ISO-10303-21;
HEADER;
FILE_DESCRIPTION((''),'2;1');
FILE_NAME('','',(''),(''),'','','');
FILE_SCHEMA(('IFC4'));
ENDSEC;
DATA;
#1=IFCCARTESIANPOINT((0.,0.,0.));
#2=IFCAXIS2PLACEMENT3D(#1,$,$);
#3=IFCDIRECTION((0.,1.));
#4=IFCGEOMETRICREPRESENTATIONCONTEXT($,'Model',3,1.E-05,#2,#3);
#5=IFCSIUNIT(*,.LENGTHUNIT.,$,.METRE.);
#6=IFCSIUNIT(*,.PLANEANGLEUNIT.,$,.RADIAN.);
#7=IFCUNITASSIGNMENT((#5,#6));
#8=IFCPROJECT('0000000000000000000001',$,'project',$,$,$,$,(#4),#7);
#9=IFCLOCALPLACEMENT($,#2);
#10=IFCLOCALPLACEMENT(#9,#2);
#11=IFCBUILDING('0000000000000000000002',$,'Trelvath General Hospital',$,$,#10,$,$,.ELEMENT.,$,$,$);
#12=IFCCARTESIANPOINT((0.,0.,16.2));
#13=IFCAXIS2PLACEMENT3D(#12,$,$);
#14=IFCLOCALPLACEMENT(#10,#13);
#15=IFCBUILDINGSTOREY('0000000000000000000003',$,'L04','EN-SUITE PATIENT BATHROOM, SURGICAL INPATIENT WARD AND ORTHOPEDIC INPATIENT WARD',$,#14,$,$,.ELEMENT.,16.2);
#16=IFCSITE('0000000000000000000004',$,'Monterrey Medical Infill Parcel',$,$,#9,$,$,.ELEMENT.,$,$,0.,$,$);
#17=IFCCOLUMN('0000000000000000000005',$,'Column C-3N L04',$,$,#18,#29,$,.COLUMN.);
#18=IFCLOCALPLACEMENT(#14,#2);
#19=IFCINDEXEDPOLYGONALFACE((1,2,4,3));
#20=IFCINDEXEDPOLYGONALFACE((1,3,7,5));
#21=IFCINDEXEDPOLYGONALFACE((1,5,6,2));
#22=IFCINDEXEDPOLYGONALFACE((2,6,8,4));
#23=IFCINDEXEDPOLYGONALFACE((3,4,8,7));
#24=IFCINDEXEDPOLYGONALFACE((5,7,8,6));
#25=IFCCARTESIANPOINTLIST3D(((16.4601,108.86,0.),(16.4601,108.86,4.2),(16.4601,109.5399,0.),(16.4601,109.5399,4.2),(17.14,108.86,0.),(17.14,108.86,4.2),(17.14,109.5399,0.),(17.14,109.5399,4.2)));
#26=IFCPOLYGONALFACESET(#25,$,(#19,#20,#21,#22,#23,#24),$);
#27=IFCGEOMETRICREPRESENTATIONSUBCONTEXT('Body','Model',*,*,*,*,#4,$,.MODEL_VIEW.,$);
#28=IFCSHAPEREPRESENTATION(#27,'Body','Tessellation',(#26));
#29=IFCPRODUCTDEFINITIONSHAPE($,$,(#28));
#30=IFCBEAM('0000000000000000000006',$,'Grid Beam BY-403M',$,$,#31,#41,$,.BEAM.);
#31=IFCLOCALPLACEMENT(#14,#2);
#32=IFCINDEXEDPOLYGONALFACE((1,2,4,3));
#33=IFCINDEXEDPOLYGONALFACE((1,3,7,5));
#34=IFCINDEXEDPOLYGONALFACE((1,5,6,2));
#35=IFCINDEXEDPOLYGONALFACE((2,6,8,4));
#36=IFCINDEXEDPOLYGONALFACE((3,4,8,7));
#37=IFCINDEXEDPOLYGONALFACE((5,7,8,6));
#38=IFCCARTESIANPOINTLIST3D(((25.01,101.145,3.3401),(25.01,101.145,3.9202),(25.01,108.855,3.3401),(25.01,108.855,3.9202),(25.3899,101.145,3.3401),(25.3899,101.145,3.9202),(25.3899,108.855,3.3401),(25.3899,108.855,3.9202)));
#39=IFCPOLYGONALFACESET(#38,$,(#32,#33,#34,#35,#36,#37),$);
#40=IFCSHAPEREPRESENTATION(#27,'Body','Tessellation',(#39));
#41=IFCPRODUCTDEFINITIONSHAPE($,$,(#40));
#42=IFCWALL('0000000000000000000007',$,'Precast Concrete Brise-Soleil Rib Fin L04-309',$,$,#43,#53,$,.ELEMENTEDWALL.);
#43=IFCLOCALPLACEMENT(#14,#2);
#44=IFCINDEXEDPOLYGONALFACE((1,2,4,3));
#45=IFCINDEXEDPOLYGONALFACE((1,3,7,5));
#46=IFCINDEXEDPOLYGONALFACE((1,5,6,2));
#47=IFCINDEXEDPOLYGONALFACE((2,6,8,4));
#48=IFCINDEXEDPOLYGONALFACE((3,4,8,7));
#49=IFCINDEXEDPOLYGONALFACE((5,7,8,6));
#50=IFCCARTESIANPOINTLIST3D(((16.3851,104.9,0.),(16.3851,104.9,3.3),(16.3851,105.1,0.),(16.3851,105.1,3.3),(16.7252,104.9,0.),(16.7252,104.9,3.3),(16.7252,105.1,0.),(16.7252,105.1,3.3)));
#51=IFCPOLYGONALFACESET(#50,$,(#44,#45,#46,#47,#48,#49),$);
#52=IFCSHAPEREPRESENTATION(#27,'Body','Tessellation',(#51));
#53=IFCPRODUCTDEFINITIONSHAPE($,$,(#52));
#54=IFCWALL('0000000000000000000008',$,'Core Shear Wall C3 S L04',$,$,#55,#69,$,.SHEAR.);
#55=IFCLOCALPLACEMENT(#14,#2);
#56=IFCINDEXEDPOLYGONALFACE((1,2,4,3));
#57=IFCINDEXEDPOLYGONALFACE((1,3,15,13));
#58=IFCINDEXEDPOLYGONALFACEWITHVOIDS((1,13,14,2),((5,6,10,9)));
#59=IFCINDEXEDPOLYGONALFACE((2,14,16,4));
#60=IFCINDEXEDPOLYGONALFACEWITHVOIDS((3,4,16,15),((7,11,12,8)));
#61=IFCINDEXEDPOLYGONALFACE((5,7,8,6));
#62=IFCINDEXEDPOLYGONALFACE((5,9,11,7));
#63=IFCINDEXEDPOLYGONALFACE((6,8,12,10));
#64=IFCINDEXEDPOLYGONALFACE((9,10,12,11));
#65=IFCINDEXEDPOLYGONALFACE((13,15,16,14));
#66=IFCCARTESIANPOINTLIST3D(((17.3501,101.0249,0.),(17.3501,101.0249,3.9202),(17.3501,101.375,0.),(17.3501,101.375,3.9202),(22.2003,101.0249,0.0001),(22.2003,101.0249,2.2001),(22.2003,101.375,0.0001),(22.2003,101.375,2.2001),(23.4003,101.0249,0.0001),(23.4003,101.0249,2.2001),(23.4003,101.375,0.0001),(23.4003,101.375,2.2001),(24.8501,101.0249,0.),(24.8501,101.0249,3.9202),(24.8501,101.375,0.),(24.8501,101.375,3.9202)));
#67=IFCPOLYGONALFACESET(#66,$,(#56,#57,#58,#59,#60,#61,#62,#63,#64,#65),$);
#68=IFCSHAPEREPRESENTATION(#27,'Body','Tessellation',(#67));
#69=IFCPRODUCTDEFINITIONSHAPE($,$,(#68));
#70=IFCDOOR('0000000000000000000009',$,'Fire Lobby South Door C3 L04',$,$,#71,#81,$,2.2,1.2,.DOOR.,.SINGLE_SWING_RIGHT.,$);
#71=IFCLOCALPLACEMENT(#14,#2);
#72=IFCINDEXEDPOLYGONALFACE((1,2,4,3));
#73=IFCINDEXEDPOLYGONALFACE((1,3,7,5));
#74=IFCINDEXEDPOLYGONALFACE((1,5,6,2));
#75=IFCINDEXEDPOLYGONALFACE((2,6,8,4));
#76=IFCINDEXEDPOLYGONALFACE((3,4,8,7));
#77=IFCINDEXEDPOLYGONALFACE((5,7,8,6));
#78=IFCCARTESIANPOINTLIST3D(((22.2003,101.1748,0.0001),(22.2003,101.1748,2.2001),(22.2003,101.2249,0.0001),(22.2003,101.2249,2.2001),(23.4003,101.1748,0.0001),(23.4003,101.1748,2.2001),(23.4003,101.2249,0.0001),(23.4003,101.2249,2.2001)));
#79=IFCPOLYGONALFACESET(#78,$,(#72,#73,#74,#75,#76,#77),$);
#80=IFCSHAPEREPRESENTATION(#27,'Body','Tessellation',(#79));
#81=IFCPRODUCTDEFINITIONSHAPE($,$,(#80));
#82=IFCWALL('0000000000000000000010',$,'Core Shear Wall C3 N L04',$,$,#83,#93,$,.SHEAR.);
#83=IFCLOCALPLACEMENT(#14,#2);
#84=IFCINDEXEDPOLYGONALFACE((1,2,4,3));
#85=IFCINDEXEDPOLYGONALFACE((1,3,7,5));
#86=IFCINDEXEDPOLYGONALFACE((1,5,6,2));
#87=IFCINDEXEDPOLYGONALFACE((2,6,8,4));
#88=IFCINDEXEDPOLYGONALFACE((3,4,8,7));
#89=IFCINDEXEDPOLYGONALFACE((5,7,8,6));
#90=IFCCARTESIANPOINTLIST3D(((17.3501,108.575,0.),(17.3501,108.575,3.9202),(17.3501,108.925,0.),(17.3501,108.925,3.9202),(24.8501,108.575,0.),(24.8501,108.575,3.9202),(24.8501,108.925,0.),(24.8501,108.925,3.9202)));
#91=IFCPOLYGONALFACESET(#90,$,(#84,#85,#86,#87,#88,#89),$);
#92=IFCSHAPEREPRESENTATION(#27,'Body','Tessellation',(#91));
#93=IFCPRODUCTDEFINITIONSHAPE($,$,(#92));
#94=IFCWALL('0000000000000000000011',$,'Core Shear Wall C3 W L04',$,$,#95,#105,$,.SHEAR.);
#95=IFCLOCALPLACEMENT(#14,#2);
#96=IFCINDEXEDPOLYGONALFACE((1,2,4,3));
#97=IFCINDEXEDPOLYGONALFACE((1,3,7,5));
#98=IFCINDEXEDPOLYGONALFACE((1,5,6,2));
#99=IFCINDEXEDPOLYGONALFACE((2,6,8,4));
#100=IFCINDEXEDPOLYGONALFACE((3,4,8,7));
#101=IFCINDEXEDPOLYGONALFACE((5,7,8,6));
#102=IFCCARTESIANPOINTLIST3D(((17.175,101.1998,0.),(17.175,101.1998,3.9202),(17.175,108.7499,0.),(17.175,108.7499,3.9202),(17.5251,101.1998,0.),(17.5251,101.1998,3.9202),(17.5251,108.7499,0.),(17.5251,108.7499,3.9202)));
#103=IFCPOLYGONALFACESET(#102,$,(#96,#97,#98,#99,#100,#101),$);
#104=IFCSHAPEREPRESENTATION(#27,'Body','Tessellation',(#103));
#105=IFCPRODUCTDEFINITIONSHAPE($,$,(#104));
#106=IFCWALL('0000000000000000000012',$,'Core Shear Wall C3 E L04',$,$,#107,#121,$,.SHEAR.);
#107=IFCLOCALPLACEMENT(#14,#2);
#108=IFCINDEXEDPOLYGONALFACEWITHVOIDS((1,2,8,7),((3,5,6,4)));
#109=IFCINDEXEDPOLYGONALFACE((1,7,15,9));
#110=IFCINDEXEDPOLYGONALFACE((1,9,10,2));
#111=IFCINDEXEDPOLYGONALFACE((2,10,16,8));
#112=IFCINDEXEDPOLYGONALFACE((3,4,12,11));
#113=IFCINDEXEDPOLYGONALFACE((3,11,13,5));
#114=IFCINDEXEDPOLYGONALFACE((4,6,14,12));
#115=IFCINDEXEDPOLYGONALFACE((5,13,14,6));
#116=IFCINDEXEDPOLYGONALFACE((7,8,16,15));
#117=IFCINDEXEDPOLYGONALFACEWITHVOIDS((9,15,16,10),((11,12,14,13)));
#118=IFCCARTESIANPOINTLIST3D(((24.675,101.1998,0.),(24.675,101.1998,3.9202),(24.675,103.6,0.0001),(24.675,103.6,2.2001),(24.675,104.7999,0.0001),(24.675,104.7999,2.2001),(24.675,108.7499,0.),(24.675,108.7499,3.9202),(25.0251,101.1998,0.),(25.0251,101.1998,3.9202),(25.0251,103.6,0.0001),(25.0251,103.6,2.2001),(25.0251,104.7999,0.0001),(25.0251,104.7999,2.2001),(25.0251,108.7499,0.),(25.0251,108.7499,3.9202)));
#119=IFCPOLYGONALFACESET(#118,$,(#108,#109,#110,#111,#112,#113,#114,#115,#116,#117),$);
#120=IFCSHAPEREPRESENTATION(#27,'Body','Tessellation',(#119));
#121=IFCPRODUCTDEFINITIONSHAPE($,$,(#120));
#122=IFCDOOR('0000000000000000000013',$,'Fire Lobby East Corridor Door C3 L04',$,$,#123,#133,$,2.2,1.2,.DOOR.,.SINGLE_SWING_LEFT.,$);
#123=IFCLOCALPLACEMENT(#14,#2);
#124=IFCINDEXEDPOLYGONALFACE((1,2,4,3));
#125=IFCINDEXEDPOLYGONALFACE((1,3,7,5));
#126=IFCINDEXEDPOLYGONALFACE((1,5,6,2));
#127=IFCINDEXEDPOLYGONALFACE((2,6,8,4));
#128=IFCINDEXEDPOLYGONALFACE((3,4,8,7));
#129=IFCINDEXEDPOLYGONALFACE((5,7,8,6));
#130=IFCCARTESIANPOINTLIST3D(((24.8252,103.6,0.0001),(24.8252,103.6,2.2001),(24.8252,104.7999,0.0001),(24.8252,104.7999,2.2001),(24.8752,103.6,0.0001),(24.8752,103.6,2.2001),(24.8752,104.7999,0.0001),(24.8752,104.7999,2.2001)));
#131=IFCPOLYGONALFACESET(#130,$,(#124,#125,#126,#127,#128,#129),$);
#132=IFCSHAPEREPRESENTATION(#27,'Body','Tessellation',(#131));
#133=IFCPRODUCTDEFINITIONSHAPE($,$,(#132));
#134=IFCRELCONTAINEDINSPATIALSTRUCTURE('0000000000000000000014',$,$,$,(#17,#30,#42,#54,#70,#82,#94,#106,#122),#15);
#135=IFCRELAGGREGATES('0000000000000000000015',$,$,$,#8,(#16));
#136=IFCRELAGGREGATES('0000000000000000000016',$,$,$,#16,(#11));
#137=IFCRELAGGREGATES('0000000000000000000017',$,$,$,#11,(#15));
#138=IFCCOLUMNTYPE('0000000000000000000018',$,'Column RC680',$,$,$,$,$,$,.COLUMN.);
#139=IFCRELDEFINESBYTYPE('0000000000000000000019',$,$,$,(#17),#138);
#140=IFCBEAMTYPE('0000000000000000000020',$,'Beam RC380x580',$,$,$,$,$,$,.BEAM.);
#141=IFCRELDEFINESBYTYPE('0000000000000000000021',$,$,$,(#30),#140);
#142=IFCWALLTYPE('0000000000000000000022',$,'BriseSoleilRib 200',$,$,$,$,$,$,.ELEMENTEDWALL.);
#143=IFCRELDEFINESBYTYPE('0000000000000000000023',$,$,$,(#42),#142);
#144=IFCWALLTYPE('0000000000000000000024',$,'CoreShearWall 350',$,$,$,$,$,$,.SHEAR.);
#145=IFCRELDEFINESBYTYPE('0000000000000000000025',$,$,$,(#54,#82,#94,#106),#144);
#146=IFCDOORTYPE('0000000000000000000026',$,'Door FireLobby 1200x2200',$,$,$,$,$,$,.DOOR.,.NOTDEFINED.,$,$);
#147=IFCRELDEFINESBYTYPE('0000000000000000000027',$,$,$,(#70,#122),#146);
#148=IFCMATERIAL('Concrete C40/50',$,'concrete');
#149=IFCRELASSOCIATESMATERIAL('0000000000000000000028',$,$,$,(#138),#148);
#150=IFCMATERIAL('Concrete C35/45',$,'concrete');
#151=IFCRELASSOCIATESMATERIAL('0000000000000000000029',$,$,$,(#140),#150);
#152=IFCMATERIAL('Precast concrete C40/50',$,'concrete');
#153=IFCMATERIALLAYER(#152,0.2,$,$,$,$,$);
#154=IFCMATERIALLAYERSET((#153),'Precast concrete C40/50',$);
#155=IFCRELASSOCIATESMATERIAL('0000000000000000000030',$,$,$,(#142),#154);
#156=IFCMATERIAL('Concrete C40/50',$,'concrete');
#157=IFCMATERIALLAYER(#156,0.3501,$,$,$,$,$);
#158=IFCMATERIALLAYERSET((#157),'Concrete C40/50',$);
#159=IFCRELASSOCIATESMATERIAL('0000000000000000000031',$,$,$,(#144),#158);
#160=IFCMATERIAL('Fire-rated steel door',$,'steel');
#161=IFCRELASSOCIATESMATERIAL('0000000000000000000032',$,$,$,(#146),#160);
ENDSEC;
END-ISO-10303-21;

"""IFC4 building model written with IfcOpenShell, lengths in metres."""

from ifc_helpers import new_model, si_unit, direction, frame, frame_2d, origin, origin_2d, place, context, subcontext, project, spatial, rectangle, extrude, material, layer, layer_set, material_profile, profile_set, type_object, element, fill, save


model = new_model("IFC4")

# Units and contexts
model_context = context("Model", 3, precision=1e-05, world=origin(), true_north=direction((0.0, 1.0)))
body_context = subcontext(model_context, "Body", "Model", "MODEL_VIEW")
ifc_project = project(units=[si_unit("LENGTHUNIT", "METRE"), si_unit("PLANEANGLEUNIT", "RADIAN")], contexts=[model_context])

# Site, building, storey
site_placement = place(None, origin())
site = spatial("IfcSite", under=ifc_project, at=site_placement, Name="Monterrey Medical Infill Parcel", CompositionType="ELEMENT", RefElevation=0.0)
building_placement = place(site_placement, origin())
building = spatial("IfcBuilding", under=site, at=building_placement, Name="Trelvath General Hospital", CompositionType="ELEMENT")
storey_placement = place(building_placement, frame((0.0, 0.0, 16.2)))
storey = spatial("IfcBuildingStorey", under=building, at=storey_placement, Name="L04", Description="EN-SUITE PATIENT BATHROOM, SURGICAL INPATIENT WARD AND ORTHOPEDIC INPATIENT WARD", CompositionType="ELEMENT", Elevation=16.2)

# Column
ifc_material_1 = material(Name="Concrete C40/50", Category="concrete")
ifc_material_profile_1 = material_profile(ifc_material_1, rectangle(XDim=0.6799, YDim=0.6799, at=origin_2d()), Name="RC680x680")
ifc_profile_set_1 = profile_set([ifc_material_profile_1], Name="Concrete C40/50")
column_type = type_object("IfcColumnType", Name="Column RC680", PredefinedType="COLUMN", material=ifc_profile_set_1)
column_placement = place(storey_placement, frame((16.8, 109.2, 0.0), z_axis=(0.0, 0.0, 1.0), x_axis=(1.0, 0.0, 0.0)))
element("IfcColumn", 1, at=column_placement, inside=storey, type_object=column_type, Name="Column C-3N L04", PredefinedType="COLUMN", context=body_context, shape_type="SweptSolid", body=[
    extrude(rectangle(XDim=0.6799, YDim=0.6799, at=origin_2d()), origin(), (0.0, 0.0, 1.0), 4.2),
])

# Beam
ifc_material_2 = material(Name="Concrete C35/45", Category="concrete")
ifc_material_profile_2 = material_profile(ifc_material_2, rectangle(XDim=0.3799, YDim=0.5801, at=origin_2d()), Name="RCB380x580")
ifc_profile_set_2 = profile_set([ifc_material_profile_2], Name="Concrete C35/45")
beam_type = type_object("IfcBeamType", Name="Beam RC380x580", PredefinedType="BEAM", material=ifc_profile_set_2)
beam_placement = place(storey_placement, frame((25.2, 101.145, 3.6301), z_axis=(0.0, 1.0, 0.0), x_axis=(-1.0, 0.0, 0.0)))
element("IfcBeam", 2, at=beam_placement, inside=storey, type_object=beam_type, Name="Grid Beam BY-403M", PredefinedType="BEAM", context=body_context, shape_type="SweptSolid", body=[
    extrude(rectangle(XDim=0.3799, YDim=0.5801, at=origin_2d()), origin(), (0.0, 0.0, 1.0), 7.71),
])

# Wall
ifc_material_3 = material(Name="Precast concrete C40/50", Category="concrete")
ifc_layer_1 = layer(ifc_material_3, 0.2)
ifc_layer_set_1 = layer_set([ifc_layer_1], Name="Precast concrete C40/50")
wall_type_1 = type_object("IfcWallType", Name="BriseSoleilRib 200", PredefinedType="ELEMENTEDWALL", material=ifc_layer_set_1)
wall_1_placement = place(storey_placement, frame((16.7251, 105.0, 0.0), z_axis=(0.0, 0.0, 1.0), x_axis=(-1.0, 0.0, 0.0)))
element("IfcWall", 3, at=wall_1_placement, inside=storey, type_object=wall_type_1, Name="Precast Concrete Brise-Soleil Rib Fin L04-309", PredefinedType="ELEMENTEDWALL", context=body_context, shape_type="SweptSolid", body=[
    extrude(rectangle(XDim=0.3401, YDim=0.2, at=frame_2d((0.1699, 0.0))), origin(), (0.0, 0.0, 1.0), 3.3),
])

# Wall, opening, door
ifc_material_4 = material(Name="Concrete C40/50", Category="concrete")
ifc_layer_2 = layer(ifc_material_4, 0.3501)
ifc_layer_set_2 = layer_set([ifc_layer_2], Name="Concrete C40/50")
wall_type_2 = type_object("IfcWallType", Name="CoreShearWall 350", PredefinedType="SHEAR", material=ifc_layer_set_2)
wall_2_placement = place(storey_placement, frame((17.3501, 101.2, 0.0), z_axis=(0.0, 0.0, 1.0), x_axis=(1.0, 0.0, 0.0)))
wall_2 = element("IfcWall", 4, at=wall_2_placement, inside=storey, type_object=wall_type_2, Name="Core Shear Wall C3 S L04", PredefinedType="SHEAR", context=body_context, shape_type="SweptSolid", body=[
    extrude(rectangle(XDim=7.5, YDim=0.3501, at=frame_2d((3.75, 0.0))), origin(), (0.0, 0.0, 1.0), 3.9202),
])
opening_1_placement = place(wall_2_placement, frame((4.8501, 0.0, 0.0)))
opening_1 = element("IfcOpeningElement", 5, at=opening_1_placement, cuts=wall_2, PredefinedType="OPENING", context=body_context, shape_type="SweptSolid", body=[
    extrude(rectangle(XDim=1.2, YDim=2.2, at=frame_2d((0.6001, 1.1001))), frame((0.0, 0.1851, 0.0), z_axis=(0.0, -1.0, 0.0), x_axis=(1.0, 0.0, 0.0)), (0.0, 0.0, 1.0), 0.3701),
])
ifc_material_5 = material(Name="Fire-rated steel door", Category="steel")
door_type_1 = type_object("IfcDoorType", Name="Door FireLobby 1200x2200", OperationType="NOTDEFINED", PredefinedType="DOOR", material=ifc_material_5)
door_1_placement = place(opening_1_placement, origin())
door_1 = element("IfcDoor", 6, at=door_1_placement, inside=storey, type_object=door_type_1, Name="Fire Lobby South Door C3 L04", OperationType="SINGLE_SWING_RIGHT", OverallHeight=2.2, OverallWidth=1.2, PredefinedType="DOOR", context=body_context, shape_type="SweptSolid", body=[
    extrude(rectangle(XDim=1.2, YDim=2.2, at=frame_2d((0.6001, 1.1001))), frame((0.0, 0.0249, 0.0), z_axis=(0.0, -1.0, 0.0), x_axis=(1.0, 0.0, 0.0)), (0.0, 0.0, 1.0), 0.05),
])
fill(opening_1, door_1)

# Walls
wall_3_placement = place(storey_placement, frame((17.3501, 108.75, 0.0), z_axis=(0.0, 0.0, 1.0), x_axis=(1.0, 0.0, 0.0)))
element("IfcWall", 7, at=wall_3_placement, inside=storey, type_object=wall_type_2, Name="Core Shear Wall C3 N L04", PredefinedType="SHEAR", context=body_context, shape_type="SweptSolid", body=[
    extrude(rectangle(XDim=7.5, YDim=0.3501, at=frame_2d((3.75, 0.0))), origin(), (0.0, 0.0, 1.0), 3.9202),
])
wall_4_placement = place(storey_placement, frame((17.3501, 101.2, 0.0), z_axis=(0.0, 0.0, 1.0), x_axis=(0.0, 1.0, 0.0)))
element("IfcWall", 8, at=wall_4_placement, inside=storey, type_object=wall_type_2, Name="Core Shear Wall C3 W L04", PredefinedType="SHEAR", context=body_context, shape_type="SweptSolid", body=[
    extrude(rectangle(XDim=7.55, YDim=0.3501, at=frame_2d((3.7749, 0.0))), origin(), (0.0, 0.0, 1.0), 3.9202),
])

# Wall, opening, door
wall_5_placement = place(storey_placement, frame((24.8501, 101.2, 0.0), z_axis=(0.0, 0.0, 1.0), x_axis=(0.0, 1.0, 0.0)))
wall_5 = element("IfcWall", 9, at=wall_5_placement, inside=storey, type_object=wall_type_2, Name="Core Shear Wall C3 E L04", PredefinedType="SHEAR", context=body_context, shape_type="SweptSolid", body=[
    extrude(rectangle(XDim=7.55, YDim=0.3501, at=frame_2d((3.7749, 0.0))), origin(), (0.0, 0.0, 1.0), 3.9202),
])
opening_2_placement = place(wall_5_placement, frame((2.3999, 0.0, 0.0)))
opening_2 = element("IfcOpeningElement", 10, at=opening_2_placement, cuts=wall_5, PredefinedType="OPENING", context=body_context, shape_type="SweptSolid", body=[
    extrude(rectangle(XDim=1.2, YDim=2.2, at=frame_2d((0.6001, 1.1001))), frame((0.0, 0.1851, 0.0), z_axis=(0.0, -1.0, 0.0), x_axis=(1.0, 0.0, 0.0)), (0.0, 0.0, 1.0), 0.3701),
])
door_2_placement = place(opening_2_placement, origin())
door_2 = element("IfcDoor", 11, at=door_2_placement, inside=storey, type_object=door_type_1, Name="Fire Lobby East Corridor Door C3 L04", OperationType="SINGLE_SWING_LEFT", OverallHeight=2.2, OverallWidth=1.2, PredefinedType="DOOR", context=body_context, shape_type="SweptSolid", body=[
    extrude(rectangle(XDim=1.2, YDim=2.2, at=frame_2d((0.6001, 1.1001))), frame((0.0, 0.0249, 0.0), z_axis=(0.0, -1.0, 0.0), x_axis=(1.0, 0.0, 0.0)), (0.0, 0.0, 1.0), 0.05),
])
fill(opening_2, door_2)

save(model, "model.ifc")
